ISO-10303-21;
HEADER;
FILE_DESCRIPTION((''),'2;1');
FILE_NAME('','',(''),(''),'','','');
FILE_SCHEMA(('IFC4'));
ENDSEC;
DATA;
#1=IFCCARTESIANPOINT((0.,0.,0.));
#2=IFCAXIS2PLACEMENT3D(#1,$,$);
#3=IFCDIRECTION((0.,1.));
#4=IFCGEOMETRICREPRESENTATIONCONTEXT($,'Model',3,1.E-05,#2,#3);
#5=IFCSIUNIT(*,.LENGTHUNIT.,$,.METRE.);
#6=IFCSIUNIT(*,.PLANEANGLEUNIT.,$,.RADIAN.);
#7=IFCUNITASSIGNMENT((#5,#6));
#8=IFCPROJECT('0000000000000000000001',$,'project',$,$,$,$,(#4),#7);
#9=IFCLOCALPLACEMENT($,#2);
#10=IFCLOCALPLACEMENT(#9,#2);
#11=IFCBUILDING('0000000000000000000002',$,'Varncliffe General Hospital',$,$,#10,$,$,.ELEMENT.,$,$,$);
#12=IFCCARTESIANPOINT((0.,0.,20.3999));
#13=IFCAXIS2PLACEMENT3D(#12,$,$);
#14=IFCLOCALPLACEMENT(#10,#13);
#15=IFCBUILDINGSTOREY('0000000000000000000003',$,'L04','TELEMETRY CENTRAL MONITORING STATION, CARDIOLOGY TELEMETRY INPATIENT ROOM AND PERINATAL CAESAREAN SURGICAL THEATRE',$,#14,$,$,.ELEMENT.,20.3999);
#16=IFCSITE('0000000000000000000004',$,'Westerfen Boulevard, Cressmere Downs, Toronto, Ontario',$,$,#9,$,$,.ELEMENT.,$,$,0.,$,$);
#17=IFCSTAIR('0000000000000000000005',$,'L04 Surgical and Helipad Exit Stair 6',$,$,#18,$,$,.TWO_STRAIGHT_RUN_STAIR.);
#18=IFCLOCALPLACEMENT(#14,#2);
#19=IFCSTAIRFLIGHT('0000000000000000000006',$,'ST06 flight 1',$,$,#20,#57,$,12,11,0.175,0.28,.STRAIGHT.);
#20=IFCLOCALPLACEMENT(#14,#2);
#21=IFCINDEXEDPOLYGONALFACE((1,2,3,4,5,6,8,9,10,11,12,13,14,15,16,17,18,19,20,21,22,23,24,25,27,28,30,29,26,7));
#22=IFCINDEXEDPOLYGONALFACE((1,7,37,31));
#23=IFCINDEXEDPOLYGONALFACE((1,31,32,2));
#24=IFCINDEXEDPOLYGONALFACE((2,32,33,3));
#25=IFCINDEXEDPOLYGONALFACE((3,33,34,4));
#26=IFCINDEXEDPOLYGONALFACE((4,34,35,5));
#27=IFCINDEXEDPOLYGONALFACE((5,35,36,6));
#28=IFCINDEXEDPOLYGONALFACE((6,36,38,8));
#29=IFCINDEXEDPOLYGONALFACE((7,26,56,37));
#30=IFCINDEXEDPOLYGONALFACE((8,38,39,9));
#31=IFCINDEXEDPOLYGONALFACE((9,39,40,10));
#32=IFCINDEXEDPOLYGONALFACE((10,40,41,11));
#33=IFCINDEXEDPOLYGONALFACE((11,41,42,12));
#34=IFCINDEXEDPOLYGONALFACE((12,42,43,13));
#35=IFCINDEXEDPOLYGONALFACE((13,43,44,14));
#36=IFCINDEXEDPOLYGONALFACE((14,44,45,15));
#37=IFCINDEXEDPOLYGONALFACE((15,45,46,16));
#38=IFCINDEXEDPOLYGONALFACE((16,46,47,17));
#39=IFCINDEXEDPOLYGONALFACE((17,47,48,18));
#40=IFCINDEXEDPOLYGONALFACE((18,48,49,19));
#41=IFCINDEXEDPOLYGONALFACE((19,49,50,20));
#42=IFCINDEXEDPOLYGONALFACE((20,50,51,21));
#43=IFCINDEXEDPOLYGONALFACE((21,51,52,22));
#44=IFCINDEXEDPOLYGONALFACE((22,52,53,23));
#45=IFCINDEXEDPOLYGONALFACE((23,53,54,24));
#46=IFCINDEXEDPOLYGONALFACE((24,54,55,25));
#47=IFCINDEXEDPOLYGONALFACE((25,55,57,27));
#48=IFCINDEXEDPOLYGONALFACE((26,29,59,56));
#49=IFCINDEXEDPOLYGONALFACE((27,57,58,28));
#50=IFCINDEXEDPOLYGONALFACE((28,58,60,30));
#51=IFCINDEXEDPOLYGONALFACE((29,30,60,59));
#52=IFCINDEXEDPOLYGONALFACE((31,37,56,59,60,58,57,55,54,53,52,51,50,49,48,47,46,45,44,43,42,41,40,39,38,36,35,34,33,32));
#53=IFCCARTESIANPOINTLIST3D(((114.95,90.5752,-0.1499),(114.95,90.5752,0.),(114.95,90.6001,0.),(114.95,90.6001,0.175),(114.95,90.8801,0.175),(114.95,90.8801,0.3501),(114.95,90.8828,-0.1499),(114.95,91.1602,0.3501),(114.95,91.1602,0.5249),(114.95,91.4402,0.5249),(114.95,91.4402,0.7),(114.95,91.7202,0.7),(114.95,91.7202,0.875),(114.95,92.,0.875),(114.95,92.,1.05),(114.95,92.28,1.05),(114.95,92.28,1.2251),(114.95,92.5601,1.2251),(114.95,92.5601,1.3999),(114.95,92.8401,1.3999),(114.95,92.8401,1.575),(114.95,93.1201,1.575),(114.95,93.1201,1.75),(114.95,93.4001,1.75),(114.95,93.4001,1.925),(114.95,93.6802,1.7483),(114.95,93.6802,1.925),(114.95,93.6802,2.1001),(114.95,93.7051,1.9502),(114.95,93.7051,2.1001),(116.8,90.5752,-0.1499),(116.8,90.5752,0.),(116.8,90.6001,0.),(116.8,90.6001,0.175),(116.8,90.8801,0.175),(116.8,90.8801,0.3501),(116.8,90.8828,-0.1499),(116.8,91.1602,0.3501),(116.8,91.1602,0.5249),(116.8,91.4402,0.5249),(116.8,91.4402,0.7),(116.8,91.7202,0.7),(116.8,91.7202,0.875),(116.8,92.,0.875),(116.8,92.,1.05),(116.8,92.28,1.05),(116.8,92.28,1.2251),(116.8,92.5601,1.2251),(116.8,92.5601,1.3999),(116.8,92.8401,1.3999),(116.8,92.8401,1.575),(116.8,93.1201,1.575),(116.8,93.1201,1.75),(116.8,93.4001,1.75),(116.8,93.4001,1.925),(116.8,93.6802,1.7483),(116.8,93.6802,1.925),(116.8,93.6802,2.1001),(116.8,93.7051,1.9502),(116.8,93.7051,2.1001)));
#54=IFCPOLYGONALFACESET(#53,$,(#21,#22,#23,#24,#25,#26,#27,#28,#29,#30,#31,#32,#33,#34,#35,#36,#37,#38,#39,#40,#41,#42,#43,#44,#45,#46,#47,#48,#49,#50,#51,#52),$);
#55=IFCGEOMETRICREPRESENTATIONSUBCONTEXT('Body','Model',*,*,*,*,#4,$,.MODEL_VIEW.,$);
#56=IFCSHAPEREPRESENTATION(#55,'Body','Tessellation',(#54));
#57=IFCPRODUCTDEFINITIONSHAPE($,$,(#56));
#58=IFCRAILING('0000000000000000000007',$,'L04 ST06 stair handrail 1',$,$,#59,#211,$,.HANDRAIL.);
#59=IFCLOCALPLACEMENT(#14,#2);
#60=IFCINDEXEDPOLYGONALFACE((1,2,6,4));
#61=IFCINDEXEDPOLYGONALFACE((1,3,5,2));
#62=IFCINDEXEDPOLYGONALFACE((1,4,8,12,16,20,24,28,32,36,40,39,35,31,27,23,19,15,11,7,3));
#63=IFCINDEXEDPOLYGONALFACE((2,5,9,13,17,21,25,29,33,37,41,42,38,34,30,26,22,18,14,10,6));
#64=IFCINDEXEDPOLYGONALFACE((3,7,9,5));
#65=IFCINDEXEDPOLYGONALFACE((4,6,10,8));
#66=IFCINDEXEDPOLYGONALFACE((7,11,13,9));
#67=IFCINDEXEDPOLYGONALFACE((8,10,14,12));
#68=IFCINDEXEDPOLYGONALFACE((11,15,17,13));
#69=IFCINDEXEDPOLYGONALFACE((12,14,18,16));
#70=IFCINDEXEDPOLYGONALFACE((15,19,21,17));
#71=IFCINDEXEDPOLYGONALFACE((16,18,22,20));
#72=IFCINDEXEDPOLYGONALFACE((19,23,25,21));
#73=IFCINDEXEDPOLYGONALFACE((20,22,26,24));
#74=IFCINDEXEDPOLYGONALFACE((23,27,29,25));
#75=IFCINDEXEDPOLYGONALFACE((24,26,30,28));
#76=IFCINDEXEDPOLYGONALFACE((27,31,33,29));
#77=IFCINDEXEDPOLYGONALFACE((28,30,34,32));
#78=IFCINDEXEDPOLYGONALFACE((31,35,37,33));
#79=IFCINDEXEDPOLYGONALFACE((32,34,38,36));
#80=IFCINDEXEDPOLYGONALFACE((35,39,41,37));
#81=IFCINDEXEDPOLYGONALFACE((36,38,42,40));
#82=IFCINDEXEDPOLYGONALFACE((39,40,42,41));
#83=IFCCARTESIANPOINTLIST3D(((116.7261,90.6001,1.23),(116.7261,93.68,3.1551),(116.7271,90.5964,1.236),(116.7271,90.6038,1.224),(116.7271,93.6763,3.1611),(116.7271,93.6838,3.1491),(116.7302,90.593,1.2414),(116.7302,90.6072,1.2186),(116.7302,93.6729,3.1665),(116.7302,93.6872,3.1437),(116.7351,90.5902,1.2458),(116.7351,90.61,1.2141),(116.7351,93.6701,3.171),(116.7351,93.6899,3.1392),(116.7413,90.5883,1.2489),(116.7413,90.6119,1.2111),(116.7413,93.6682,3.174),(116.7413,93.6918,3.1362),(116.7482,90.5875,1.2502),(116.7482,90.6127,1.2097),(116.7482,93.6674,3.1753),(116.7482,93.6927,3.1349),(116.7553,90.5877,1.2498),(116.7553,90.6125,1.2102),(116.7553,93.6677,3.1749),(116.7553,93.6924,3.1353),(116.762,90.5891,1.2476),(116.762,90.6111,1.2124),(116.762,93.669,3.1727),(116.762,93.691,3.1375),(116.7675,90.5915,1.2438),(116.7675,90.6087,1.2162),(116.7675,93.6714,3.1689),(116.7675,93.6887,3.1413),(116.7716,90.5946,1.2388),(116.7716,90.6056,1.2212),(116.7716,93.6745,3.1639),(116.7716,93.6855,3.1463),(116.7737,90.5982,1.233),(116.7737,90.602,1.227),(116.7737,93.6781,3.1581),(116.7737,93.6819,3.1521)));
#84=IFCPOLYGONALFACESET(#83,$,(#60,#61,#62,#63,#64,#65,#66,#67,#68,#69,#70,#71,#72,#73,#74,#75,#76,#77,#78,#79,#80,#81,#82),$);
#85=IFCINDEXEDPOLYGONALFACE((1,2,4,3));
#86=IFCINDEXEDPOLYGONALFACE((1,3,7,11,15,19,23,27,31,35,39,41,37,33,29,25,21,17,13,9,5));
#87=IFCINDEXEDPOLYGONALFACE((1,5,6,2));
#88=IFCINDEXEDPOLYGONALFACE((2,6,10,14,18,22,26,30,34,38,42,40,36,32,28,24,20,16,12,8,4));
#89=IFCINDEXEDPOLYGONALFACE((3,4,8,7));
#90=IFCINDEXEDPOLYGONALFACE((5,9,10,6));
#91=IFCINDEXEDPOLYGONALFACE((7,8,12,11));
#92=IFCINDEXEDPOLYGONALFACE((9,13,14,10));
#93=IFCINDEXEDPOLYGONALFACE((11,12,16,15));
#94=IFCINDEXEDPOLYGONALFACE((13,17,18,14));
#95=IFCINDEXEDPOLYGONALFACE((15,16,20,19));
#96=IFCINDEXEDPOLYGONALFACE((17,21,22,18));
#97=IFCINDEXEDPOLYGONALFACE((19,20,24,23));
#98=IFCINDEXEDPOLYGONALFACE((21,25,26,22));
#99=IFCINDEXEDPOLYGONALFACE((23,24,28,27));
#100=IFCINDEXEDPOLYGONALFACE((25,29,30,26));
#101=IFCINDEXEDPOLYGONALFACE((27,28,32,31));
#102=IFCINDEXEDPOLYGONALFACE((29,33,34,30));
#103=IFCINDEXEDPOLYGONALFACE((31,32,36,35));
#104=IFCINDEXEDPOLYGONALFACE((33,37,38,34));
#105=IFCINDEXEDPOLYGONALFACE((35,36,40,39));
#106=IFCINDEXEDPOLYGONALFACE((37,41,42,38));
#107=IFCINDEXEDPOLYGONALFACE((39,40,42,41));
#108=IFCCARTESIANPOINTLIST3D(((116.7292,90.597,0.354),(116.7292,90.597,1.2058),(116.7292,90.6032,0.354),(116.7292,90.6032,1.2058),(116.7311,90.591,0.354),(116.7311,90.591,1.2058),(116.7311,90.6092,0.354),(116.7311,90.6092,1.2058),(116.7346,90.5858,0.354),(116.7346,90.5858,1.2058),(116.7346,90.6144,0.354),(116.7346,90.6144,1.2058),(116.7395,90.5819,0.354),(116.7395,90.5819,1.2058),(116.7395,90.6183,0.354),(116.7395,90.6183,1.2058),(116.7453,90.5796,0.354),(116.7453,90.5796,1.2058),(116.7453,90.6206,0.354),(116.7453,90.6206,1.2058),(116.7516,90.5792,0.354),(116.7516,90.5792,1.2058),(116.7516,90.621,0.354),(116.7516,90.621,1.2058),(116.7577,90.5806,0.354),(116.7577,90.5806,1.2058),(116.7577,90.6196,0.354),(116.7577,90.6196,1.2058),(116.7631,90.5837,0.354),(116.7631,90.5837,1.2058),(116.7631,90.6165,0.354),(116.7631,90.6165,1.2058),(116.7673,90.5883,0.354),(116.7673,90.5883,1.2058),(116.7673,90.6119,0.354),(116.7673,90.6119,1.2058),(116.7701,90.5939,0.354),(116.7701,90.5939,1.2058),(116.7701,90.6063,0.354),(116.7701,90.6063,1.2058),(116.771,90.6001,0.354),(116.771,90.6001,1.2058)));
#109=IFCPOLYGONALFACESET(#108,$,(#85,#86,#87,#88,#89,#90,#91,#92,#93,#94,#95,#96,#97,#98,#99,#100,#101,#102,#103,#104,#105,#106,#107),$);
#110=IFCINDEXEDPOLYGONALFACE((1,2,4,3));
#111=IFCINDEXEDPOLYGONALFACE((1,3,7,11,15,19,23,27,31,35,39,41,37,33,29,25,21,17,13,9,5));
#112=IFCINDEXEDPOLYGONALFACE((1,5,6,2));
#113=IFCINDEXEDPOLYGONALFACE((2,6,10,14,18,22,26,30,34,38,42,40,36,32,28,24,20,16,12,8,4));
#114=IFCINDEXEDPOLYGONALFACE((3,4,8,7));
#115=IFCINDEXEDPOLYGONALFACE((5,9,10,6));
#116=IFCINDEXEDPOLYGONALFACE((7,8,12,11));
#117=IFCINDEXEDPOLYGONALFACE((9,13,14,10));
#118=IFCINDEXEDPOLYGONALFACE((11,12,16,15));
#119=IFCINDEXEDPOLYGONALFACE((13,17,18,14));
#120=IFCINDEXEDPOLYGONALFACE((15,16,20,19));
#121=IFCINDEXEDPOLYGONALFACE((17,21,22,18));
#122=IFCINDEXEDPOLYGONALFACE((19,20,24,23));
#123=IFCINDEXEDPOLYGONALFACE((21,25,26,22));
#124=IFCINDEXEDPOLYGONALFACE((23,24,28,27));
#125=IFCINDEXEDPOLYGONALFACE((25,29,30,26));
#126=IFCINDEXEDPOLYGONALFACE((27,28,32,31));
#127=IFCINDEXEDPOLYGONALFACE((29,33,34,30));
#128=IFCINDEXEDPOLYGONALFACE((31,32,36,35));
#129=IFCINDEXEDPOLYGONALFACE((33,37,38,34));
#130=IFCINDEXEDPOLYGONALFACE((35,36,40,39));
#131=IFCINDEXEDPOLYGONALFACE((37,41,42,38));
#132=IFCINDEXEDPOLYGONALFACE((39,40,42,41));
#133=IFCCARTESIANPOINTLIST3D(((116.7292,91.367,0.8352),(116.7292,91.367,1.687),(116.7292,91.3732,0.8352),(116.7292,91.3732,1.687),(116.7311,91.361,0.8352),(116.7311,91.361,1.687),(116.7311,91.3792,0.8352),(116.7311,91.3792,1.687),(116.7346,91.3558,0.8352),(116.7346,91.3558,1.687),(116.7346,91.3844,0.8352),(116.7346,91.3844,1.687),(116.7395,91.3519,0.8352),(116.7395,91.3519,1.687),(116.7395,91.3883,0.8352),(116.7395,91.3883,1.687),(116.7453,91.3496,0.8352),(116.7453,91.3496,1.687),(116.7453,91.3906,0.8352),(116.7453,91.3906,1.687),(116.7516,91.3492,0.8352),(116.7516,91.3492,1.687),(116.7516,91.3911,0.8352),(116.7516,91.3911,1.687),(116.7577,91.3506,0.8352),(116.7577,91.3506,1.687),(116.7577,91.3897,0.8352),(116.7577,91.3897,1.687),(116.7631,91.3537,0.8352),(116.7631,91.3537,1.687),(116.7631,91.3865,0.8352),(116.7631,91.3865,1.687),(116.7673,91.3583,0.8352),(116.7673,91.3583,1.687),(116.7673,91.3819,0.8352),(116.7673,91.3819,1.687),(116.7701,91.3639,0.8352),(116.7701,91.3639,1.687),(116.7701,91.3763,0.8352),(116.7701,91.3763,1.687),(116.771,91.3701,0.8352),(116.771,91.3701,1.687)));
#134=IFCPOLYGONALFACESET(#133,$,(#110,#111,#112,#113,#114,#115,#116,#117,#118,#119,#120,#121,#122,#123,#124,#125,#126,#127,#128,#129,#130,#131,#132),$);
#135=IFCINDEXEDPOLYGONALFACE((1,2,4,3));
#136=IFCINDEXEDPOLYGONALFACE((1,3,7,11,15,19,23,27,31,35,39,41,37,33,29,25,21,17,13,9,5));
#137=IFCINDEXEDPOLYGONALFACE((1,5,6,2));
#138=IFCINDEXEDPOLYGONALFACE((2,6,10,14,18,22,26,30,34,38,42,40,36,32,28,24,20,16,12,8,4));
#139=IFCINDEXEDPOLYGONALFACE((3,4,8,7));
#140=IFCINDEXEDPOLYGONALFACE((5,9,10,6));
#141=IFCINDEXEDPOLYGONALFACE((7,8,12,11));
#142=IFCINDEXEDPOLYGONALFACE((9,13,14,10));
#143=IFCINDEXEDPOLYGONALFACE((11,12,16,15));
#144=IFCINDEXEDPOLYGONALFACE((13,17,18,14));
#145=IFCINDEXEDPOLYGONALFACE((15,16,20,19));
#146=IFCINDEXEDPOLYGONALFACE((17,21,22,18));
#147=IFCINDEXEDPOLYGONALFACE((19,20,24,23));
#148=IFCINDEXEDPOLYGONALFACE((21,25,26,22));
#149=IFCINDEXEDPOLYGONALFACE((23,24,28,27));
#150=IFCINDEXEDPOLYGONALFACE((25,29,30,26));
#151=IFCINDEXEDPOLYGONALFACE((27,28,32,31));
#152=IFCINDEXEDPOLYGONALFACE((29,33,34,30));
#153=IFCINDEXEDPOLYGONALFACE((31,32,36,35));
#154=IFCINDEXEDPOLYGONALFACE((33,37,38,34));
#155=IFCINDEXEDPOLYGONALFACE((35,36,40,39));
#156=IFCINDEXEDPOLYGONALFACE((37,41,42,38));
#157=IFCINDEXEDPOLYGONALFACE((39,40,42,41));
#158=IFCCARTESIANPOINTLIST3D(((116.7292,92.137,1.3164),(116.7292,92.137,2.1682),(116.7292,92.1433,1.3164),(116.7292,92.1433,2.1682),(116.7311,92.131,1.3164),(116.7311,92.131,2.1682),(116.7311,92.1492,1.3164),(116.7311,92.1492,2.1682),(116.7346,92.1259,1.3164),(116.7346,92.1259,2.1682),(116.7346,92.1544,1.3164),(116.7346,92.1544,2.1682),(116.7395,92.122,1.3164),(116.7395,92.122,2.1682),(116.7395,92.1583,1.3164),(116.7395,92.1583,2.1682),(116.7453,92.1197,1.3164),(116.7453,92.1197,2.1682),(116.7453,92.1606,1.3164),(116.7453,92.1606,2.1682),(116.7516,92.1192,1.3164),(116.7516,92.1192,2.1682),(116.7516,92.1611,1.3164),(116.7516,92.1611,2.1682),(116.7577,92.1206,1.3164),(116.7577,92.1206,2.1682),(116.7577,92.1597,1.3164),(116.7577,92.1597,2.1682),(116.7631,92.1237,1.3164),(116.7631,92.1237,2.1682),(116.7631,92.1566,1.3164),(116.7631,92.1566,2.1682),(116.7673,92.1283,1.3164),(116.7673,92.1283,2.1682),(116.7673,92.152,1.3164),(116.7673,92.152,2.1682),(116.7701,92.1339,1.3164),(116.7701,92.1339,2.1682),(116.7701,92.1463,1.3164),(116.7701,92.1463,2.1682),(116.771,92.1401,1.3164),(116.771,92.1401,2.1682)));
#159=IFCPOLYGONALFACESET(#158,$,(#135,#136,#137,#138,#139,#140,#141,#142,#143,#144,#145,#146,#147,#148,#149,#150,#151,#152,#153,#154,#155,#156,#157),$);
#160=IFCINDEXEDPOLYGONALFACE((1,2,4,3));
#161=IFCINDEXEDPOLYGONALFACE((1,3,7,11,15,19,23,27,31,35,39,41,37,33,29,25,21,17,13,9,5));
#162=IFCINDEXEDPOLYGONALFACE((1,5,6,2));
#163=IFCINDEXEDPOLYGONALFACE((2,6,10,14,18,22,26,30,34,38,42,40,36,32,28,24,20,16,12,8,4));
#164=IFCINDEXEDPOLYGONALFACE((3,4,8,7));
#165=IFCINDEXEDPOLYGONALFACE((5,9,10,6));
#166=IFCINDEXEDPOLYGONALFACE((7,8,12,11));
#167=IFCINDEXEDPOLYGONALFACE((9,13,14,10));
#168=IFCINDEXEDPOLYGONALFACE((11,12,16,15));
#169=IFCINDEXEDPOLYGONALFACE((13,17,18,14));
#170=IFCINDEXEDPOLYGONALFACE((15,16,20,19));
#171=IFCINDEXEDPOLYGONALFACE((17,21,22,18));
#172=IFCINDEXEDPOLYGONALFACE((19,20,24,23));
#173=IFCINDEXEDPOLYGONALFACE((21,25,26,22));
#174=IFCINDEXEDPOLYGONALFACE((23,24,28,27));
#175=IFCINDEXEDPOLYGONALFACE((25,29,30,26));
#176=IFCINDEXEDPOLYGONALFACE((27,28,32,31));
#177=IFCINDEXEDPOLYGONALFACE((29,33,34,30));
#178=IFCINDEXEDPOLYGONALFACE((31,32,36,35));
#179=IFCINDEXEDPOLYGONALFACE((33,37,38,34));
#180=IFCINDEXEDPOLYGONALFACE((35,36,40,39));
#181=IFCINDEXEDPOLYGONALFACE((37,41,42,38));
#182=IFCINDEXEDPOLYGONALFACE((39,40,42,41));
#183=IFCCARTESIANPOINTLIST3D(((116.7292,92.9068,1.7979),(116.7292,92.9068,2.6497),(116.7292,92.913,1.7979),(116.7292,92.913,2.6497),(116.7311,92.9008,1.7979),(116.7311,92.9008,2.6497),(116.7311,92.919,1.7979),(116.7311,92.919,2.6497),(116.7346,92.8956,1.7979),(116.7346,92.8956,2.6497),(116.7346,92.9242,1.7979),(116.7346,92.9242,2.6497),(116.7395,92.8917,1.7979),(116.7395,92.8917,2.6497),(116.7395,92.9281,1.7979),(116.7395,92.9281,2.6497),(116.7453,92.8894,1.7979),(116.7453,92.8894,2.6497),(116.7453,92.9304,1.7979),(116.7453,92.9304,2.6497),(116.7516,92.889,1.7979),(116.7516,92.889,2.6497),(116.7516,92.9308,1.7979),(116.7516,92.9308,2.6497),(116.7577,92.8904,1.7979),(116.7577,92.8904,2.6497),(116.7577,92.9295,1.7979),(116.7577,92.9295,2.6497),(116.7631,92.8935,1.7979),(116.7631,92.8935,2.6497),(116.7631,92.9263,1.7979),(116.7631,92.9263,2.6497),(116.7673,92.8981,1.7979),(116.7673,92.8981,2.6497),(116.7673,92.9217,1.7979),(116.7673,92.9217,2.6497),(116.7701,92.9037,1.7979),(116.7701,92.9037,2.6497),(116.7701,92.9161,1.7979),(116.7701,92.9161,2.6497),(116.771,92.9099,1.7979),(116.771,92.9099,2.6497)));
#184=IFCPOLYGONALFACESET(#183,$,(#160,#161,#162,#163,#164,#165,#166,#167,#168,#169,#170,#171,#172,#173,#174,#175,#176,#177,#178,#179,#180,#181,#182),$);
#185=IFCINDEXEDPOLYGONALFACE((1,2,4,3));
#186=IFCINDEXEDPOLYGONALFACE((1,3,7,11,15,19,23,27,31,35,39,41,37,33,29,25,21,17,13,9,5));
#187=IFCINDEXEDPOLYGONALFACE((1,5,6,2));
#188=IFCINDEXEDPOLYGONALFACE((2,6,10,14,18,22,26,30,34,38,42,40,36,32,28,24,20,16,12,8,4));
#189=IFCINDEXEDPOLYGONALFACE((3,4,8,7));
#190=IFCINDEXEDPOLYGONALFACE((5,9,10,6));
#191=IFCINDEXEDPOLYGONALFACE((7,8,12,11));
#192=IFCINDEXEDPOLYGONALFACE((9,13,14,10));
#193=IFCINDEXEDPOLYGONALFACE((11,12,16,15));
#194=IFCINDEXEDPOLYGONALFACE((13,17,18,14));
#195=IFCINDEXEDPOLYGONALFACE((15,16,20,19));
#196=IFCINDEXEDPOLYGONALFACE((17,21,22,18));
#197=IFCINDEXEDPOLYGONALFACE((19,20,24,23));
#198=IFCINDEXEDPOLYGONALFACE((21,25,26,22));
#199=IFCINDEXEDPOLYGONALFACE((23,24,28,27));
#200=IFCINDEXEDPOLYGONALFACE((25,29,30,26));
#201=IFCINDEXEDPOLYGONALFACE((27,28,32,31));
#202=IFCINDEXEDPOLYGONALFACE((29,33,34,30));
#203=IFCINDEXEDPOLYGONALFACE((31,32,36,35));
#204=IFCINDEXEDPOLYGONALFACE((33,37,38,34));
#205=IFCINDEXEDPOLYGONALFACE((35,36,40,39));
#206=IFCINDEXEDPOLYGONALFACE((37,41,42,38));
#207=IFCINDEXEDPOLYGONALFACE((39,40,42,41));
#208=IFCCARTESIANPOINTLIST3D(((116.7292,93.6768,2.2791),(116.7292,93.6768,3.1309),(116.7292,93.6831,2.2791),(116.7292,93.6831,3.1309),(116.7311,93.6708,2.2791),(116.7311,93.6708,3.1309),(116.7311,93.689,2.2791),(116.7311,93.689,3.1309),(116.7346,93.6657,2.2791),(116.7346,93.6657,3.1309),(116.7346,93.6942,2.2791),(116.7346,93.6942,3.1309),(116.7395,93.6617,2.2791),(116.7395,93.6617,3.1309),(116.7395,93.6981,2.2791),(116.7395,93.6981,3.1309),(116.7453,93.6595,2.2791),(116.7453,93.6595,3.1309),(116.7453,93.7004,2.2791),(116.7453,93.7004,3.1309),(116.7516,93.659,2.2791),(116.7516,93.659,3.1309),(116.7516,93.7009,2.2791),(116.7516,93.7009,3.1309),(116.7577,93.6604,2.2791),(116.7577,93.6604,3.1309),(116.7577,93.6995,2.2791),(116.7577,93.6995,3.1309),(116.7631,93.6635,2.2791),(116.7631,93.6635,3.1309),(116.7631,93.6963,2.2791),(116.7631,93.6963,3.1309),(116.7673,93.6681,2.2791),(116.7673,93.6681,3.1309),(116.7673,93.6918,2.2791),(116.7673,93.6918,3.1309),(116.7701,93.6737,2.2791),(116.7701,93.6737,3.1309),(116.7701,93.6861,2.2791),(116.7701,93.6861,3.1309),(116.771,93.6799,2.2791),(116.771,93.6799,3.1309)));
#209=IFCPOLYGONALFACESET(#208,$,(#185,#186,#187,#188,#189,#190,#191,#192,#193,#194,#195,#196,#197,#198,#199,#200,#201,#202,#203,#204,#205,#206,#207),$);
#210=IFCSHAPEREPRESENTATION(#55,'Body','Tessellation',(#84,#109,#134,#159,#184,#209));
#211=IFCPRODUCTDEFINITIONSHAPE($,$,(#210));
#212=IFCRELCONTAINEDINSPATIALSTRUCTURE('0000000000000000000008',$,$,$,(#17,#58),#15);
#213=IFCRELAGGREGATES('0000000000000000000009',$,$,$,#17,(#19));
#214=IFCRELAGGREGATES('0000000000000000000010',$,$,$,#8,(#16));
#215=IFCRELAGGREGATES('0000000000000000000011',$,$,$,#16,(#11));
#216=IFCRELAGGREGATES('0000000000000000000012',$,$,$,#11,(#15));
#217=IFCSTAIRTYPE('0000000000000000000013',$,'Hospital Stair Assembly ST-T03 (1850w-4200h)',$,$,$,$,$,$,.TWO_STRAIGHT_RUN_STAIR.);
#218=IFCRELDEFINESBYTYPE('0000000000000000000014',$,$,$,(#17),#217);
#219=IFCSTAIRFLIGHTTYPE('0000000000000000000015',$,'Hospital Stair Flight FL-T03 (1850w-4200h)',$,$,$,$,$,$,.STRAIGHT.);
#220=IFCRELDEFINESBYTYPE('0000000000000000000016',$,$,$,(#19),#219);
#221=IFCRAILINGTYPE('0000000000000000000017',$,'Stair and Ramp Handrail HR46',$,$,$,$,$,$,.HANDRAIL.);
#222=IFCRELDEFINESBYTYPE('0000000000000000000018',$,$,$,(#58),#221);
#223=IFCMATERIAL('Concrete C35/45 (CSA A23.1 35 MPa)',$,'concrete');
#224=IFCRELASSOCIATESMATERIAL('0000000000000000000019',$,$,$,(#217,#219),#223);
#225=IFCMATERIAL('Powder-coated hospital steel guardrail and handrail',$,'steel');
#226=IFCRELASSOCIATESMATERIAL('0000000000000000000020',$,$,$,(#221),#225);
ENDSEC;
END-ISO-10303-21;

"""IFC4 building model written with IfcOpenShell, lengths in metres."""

from ifc_helpers import new_model, si_unit, direction, frame, origin, origin_2d, place, context, subcontext, project, spatial, polyline, circle, outline, extrude, material, type_object, element, aggregate, save


model = new_model("IFC4")

# Units and contexts
model_context = context("Model", 3, precision=1e-05, world=origin(), true_north=direction((0.0, 1.0)))
body_context = subcontext(model_context, "Body", "Model", "MODEL_VIEW")
ifc_project = project(units=[si_unit("LENGTHUNIT", "METRE"), si_unit("PLANEANGLEUNIT", "RADIAN")], contexts=[model_context])

# Site, building, storey
site_placement = place(None, origin())
site = spatial("IfcSite", under=ifc_project, at=site_placement, Name="Westerfen Boulevard, Cressmere Downs, Toronto, Ontario", CompositionType="ELEMENT", RefElevation=0.0)
building_placement = place(site_placement, origin())
building = spatial("IfcBuilding", under=site, at=building_placement, Name="Varncliffe General Hospital", CompositionType="ELEMENT")
storey_placement = place(building_placement, frame((0.0, 0.0, 20.3999)))
storey = spatial("IfcBuildingStorey", under=building, at=storey_placement, Name="L04", Description="TELEMETRY CENTRAL MONITORING STATION, CARDIOLOGY TELEMETRY INPATIENT ROOM AND PERINATAL CAESAREAN SURGICAL THEATRE", CompositionType="ELEMENT", Elevation=20.3999)

# Shared definitions
ifc_material_1 = material(Name="Concrete C35/45 (CSA A23.1 35 MPa)", Category="concrete")

# Stair, stair flight
stair_type = type_object("IfcStairType", Name="Hospital Stair Assembly ST-T03 (1850w-4200h)", PredefinedType="TWO_STRAIGHT_RUN_STAIR", material=ifc_material_1)
stair_placement = place(storey_placement, origin())
stair = element("IfcStair", 1, at=stair_placement, inside=storey, type_object=stair_type, Name="L04 Surgical and Helipad Exit Stair 6", PredefinedType="TWO_STRAIGHT_RUN_STAIR")
stair_flight_type = type_object("IfcStairFlightType", Name="Hospital Stair Flight FL-T03 (1850w-4200h)", PredefinedType="STRAIGHT", material=ifc_material_1)
stair_flight_placement = place(storey_placement, frame((115.875, 90.6001, 0.0), z_axis=(0.0, 0.0, 1.0), x_axis=(0.0, 1.0, 0.0)))
stair_flight = element("IfcStairFlight", 2, at=stair_flight_placement, type_object=stair_flight_type, Name="ST06 flight 1", NumberOfRisers=12, NumberOfTreads=11, PredefinedType="STRAIGHT", RiserHeight=0.175, TreadLength=0.28, context=body_context, shape_type="SweptSolid", body=[
    extrude(outline(polyline([(-0.0249, -0.1499), (-0.0249, 0.0), (0.0, 0.0), (0.0, 0.175), (0.28, 0.175), (0.28, 0.3501), (0.5601, 0.3501), (0.5601, 0.5249), (0.8401, 0.5249), (0.8401, 0.7), (1.1201, 0.7), (1.1201, 0.875), (1.3999, 0.875), (1.3999, 1.05), (1.6799, 1.05), (1.6799, 1.2251), (1.96, 1.2251), (1.96, 1.3999), (2.24, 1.3999), (2.24, 1.575), (2.52, 1.575), (2.52, 1.75), (2.8, 1.75), (2.8, 1.925), (3.0801, 1.925), (3.0801, 2.1001), (3.105, 2.1001), (3.105, 1.9502), (3.0801, 1.7483), (0.2827, -0.1499), (-0.0249, -0.1499)])), frame((0.0, 0.925, 0.0), z_axis=(0.0, -1.0, 0.0), x_axis=(1.0, 0.0, 0.0)), (0.0, 0.0, 1.0), 1.8501),
])
aggregate(stair, [stair_flight])

# Railing
ifc_material_2 = material(Name="Powder-coated hospital steel guardrail and handrail", Category="steel")
railing_type_1 = type_object("IfcRailingType", Name="Stair and Ramp Handrail HR46", PredefinedType="HANDRAIL", material=ifc_material_2)
railing_1_placement = place(storey_placement, frame((116.75, 90.6001, 0.354)))
element("IfcRailing", 3, at=railing_1_placement, inside=storey, type_object=railing_type_1, Name="L04 ST06 stair handrail 1", PredefinedType="HANDRAIL", context=body_context, shape_type="SweptSolid", body=[
    extrude(circle(Radius=0.0239, at=origin_2d()), frame((0.0, 0.0, 0.876), z_axis=(0.0, 0.847979, 0.530029), x_axis=(-1.0, 0.0, 0.0)), (0.0, 0.0, 1.0), 3.6321),
    extrude(circle(Radius=0.021, at=origin_2d()), origin(), (0.0, 0.0, 1.0), 0.8518),
    extrude(circle(Radius=0.021, at=origin_2d()), frame((0.0, 0.77, 0.4812)), (0.0, 0.0, 1.0), 0.8518),
    extrude(circle(Radius=0.021, at=origin_2d()), frame((0.0, 1.54, 0.9624)), (0.0, 0.0, 1.0), 0.8518),
    extrude(circle(Radius=0.021, at=origin_2d()), frame((0.0, 2.3098, 1.4438)), (0.0, 0.0, 1.0), 0.8518),
    extrude(circle(Radius=0.021, at=origin_2d()), frame((0.0, 3.0798, 1.925)), (0.0, 0.0, 1.0), 0.8518),
])

save(model, "model.ifc")
